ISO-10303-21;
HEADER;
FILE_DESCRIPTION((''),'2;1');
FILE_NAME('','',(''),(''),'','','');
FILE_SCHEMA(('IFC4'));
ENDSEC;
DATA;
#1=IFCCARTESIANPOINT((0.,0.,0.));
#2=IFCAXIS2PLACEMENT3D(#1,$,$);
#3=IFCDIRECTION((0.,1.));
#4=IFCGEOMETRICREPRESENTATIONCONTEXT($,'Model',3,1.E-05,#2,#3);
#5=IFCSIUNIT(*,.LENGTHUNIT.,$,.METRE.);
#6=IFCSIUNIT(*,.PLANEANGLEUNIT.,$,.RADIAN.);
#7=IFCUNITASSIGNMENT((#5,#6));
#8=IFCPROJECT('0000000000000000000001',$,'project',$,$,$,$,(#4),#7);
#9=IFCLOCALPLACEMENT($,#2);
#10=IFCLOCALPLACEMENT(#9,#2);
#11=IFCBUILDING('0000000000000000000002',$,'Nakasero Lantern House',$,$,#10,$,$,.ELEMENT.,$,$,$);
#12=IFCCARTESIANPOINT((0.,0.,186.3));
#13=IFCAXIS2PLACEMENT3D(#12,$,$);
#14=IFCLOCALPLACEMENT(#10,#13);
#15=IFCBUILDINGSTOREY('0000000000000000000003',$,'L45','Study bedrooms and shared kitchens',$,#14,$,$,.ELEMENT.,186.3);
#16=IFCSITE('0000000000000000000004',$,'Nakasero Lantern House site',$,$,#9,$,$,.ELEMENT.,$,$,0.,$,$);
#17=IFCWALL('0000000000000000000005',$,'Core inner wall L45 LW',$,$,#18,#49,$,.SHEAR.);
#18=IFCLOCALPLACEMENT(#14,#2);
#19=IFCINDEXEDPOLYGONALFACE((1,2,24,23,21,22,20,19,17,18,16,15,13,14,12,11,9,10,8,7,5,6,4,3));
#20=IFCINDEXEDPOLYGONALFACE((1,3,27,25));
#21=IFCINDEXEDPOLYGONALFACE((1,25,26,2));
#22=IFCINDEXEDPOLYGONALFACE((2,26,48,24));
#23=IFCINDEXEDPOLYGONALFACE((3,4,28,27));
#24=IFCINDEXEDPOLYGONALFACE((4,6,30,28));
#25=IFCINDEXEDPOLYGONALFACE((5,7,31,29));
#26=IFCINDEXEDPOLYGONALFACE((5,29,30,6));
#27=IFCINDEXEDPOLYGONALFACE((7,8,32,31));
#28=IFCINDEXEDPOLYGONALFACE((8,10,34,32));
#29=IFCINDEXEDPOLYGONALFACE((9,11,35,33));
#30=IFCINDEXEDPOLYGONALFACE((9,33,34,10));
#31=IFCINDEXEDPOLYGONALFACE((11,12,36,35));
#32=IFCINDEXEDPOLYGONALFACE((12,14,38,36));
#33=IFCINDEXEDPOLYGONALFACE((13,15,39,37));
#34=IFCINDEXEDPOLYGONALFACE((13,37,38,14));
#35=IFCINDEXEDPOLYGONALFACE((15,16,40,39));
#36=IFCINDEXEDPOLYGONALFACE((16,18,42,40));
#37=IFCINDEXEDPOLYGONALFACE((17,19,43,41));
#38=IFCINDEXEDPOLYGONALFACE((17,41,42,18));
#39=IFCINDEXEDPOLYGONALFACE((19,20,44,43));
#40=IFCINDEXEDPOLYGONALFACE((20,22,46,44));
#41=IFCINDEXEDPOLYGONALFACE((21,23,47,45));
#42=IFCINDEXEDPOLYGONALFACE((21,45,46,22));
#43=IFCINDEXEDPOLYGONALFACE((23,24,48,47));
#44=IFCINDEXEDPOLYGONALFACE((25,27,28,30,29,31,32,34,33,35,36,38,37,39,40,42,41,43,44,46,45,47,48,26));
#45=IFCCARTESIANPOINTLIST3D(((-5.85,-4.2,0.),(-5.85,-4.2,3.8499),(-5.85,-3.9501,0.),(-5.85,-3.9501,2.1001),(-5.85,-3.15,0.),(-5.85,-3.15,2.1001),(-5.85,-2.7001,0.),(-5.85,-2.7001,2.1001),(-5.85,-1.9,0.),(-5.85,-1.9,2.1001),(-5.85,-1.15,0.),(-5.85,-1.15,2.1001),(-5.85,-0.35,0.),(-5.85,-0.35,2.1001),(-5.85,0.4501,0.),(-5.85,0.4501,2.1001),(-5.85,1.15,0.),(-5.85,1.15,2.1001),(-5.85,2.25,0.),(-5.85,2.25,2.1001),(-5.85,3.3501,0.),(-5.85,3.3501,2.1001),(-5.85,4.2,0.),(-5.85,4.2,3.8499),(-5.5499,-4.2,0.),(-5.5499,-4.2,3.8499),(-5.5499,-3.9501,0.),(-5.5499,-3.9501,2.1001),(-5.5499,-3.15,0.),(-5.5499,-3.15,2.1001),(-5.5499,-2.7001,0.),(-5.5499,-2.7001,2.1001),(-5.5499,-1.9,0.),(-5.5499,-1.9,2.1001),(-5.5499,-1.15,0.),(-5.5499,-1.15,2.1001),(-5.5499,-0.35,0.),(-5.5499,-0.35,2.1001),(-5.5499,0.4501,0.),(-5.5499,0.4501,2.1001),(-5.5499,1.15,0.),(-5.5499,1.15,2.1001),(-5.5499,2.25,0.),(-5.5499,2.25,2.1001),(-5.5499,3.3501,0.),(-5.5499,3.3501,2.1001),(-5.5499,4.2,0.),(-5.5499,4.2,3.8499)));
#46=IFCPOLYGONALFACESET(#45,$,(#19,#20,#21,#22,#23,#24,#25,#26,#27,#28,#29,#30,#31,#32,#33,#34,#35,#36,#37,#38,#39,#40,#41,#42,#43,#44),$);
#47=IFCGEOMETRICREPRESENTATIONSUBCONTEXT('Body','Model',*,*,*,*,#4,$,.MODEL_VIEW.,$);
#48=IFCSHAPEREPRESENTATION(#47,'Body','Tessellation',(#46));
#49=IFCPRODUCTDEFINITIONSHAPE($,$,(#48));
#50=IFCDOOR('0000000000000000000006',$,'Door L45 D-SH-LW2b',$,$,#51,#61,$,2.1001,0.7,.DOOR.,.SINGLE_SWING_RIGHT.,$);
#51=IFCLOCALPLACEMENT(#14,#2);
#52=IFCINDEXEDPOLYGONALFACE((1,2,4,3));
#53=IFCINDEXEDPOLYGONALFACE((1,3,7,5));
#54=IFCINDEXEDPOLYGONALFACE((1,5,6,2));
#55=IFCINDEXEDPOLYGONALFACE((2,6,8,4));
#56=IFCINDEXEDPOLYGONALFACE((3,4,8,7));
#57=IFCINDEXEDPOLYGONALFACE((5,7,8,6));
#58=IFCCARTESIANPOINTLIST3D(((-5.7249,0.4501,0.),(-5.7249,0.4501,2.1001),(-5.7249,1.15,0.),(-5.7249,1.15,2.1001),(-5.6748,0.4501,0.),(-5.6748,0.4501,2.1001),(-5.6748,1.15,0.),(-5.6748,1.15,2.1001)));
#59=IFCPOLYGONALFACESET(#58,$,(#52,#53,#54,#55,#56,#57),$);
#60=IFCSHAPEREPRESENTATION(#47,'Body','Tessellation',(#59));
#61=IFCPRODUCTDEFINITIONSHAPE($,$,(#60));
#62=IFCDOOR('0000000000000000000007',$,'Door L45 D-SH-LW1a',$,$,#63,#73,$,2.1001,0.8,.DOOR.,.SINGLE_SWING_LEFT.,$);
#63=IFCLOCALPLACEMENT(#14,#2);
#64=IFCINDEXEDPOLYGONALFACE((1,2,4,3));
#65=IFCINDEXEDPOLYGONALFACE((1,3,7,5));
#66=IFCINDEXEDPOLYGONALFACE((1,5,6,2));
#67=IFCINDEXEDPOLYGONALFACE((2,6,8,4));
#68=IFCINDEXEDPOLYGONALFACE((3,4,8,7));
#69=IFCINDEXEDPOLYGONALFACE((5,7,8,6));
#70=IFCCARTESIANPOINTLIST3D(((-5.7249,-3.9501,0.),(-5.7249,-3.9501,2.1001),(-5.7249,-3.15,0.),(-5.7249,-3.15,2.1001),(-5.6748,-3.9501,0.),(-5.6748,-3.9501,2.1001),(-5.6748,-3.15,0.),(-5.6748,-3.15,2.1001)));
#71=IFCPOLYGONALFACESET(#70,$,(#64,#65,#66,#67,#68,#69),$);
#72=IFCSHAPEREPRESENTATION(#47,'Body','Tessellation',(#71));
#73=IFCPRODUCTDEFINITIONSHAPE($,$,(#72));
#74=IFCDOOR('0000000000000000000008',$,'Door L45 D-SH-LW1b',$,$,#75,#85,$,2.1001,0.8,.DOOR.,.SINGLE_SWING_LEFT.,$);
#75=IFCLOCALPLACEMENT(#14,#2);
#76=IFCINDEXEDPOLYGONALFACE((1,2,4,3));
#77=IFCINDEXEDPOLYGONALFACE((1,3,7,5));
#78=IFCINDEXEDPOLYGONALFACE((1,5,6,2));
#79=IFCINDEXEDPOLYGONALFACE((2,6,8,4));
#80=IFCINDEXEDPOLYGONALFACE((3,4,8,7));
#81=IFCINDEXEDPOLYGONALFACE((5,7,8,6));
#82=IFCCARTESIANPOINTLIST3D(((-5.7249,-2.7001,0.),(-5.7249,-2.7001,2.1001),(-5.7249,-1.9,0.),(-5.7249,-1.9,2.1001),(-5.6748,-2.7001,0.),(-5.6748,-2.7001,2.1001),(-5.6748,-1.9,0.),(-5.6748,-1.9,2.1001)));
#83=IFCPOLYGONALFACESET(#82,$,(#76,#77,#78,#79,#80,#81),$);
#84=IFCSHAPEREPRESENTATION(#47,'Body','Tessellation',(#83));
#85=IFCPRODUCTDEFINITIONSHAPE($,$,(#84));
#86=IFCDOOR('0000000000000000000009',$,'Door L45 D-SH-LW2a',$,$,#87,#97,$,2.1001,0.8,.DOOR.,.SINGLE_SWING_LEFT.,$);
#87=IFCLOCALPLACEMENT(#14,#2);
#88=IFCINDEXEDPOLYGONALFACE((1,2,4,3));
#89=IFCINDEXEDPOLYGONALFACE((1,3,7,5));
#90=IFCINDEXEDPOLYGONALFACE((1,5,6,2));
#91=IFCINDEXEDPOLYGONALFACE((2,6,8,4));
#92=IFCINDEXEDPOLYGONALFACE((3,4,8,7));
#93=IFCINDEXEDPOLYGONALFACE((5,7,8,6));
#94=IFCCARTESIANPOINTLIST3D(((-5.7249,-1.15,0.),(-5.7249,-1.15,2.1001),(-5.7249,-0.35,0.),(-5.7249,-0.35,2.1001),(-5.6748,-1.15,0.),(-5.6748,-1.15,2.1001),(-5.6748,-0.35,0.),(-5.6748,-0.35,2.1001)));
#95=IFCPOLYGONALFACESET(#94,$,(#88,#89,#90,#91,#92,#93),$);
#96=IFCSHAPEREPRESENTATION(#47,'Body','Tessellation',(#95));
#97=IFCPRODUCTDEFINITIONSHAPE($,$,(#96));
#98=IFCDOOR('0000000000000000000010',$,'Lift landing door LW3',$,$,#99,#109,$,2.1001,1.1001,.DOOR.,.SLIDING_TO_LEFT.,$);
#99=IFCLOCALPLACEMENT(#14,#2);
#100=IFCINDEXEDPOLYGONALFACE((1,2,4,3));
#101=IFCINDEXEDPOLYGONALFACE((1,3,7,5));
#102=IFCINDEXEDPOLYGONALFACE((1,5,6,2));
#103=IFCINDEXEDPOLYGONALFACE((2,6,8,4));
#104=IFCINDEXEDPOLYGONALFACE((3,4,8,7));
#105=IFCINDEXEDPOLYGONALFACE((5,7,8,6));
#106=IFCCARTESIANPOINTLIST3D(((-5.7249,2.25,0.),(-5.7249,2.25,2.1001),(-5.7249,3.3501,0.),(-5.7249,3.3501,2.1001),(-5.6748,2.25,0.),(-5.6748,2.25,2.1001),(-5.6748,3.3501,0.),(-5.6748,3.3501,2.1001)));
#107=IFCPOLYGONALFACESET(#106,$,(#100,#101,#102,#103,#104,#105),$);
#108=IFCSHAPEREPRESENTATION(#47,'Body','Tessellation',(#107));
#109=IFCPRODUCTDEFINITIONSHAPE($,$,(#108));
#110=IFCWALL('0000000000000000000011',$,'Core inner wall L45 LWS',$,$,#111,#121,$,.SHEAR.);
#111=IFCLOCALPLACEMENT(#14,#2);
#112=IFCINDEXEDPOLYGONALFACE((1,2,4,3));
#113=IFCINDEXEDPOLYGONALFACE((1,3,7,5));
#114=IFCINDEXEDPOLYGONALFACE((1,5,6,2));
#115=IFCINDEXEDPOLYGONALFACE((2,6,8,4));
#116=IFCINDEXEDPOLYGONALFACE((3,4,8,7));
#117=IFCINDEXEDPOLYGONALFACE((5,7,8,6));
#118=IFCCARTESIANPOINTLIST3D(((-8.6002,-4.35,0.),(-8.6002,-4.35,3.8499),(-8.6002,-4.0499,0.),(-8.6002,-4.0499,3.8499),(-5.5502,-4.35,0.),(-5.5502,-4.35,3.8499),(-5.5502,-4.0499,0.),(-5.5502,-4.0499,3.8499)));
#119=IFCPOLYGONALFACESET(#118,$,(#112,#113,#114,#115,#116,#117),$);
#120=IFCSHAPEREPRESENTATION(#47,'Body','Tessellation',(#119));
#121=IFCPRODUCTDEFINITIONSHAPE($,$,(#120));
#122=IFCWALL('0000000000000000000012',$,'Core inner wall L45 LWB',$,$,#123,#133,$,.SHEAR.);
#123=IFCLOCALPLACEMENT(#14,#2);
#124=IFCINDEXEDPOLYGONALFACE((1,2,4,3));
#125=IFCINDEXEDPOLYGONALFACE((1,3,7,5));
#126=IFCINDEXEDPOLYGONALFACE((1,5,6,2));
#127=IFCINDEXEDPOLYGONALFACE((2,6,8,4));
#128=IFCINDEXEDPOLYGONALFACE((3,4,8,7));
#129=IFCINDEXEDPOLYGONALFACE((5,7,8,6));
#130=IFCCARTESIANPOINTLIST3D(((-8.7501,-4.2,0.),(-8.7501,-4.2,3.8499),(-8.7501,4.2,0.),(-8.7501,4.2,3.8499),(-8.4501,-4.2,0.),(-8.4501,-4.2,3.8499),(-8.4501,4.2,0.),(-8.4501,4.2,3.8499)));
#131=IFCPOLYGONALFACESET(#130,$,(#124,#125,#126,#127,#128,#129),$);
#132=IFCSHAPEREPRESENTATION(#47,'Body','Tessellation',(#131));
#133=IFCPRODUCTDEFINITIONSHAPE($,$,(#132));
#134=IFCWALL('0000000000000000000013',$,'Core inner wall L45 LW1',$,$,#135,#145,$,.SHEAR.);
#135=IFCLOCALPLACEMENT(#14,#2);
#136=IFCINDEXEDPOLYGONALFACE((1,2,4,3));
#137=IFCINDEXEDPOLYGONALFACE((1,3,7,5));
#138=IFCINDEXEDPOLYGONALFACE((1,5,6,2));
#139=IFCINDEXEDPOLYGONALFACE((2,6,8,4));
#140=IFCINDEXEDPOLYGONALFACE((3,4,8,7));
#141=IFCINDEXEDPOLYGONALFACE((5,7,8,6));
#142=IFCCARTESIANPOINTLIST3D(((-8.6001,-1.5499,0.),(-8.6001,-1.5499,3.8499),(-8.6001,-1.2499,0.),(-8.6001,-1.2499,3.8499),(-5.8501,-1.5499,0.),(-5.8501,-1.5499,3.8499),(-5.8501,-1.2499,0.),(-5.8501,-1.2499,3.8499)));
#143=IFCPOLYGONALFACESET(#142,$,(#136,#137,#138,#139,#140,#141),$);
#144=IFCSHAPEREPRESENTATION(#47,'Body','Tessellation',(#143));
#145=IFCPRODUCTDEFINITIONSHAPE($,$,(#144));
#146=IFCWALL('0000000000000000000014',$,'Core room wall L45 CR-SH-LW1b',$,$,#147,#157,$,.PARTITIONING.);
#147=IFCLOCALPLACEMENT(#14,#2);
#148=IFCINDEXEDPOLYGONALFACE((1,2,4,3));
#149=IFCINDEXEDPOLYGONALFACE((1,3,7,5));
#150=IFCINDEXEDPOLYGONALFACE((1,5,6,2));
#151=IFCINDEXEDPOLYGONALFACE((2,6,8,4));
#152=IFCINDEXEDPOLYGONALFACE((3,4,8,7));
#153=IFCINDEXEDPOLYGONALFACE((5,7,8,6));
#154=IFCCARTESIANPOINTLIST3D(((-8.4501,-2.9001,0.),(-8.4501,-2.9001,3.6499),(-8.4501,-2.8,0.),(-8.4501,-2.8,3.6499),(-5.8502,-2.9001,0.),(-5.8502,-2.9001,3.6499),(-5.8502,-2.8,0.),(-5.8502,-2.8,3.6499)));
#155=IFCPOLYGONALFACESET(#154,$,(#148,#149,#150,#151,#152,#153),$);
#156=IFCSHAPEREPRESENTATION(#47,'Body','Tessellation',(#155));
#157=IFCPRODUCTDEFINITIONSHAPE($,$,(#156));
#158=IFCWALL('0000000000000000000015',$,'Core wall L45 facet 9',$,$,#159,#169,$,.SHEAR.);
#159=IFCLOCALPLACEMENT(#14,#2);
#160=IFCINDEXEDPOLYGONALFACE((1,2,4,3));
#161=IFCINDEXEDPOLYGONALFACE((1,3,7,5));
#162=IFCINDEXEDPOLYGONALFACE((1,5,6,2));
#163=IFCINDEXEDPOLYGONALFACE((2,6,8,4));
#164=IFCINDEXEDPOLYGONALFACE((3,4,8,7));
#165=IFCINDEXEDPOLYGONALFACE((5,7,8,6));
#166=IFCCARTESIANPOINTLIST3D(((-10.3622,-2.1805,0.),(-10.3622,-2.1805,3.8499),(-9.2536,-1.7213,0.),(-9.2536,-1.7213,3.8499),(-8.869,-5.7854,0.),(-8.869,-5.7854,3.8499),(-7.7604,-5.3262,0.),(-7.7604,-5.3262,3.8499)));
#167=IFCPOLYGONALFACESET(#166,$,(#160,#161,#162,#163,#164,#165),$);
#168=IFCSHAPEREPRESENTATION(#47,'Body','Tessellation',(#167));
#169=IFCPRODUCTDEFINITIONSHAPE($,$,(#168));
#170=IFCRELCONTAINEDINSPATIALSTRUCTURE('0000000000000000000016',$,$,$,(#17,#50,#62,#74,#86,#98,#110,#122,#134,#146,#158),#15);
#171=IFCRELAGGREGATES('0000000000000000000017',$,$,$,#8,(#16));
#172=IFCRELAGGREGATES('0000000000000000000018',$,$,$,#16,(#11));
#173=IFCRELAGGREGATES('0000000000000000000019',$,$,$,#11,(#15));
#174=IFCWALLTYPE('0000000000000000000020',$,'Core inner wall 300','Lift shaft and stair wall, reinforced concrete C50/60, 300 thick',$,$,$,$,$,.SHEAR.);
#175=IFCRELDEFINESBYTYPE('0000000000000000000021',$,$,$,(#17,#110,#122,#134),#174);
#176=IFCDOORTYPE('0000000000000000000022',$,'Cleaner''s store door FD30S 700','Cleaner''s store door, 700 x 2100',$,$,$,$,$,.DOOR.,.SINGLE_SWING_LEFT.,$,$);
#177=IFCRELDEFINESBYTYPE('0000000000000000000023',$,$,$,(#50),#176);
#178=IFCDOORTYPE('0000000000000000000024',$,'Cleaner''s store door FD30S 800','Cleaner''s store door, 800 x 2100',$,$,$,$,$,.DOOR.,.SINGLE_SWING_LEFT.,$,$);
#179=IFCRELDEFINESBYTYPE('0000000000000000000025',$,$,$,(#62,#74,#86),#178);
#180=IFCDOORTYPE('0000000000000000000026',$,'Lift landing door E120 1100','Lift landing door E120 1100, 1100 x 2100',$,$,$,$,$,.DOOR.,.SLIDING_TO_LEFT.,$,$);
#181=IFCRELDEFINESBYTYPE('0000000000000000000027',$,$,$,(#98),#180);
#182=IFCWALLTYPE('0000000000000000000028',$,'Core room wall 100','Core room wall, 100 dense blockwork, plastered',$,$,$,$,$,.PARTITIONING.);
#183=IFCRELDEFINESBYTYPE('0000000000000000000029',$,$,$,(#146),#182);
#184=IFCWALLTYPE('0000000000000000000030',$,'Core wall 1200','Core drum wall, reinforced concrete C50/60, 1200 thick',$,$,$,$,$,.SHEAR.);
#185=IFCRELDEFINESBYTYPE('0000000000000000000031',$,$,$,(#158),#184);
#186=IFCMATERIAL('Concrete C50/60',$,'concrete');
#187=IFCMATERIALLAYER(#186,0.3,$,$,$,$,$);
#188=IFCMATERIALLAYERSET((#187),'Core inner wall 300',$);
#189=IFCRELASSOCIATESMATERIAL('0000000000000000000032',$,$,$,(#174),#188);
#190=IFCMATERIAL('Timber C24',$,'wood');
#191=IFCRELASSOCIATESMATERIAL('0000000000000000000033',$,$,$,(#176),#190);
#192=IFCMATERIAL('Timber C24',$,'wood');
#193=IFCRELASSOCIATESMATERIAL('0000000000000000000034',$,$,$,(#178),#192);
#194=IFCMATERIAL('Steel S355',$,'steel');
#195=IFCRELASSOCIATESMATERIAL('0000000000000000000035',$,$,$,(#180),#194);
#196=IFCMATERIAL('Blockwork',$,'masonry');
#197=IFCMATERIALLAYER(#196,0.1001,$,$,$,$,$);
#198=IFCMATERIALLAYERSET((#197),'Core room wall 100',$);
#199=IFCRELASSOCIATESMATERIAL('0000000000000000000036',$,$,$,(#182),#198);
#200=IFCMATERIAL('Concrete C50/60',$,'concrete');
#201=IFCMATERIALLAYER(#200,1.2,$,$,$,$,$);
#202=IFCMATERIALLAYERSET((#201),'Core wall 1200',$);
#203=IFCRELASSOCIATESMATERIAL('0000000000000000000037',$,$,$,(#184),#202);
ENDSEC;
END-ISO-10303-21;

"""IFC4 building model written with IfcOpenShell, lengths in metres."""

from ifc_helpers import new_model, si_unit, direction, frame, frame_2d, origin, place, context, subcontext, project, spatial, rectangle, extrude, material, layer, layer_set, type_object, element, fill, save


model = new_model("IFC4")

# Units and contexts
model_context = context("Model", 3, precision=1e-05, world=origin(), true_north=direction((0.0, 1.0)))
body_context = subcontext(model_context, "Body", "Model", "MODEL_VIEW")
ifc_project = project(units=[si_unit("LENGTHUNIT", "METRE"), si_unit("PLANEANGLEUNIT", "RADIAN")], contexts=[model_context])

# Site, building, storey
site_placement = place(None, origin())
site = spatial("IfcSite", under=ifc_project, at=site_placement, Name="Nakasero Lantern House site", CompositionType="ELEMENT", RefElevation=0.0)
building_placement = place(site_placement, origin())
building = spatial("IfcBuilding", under=site, at=building_placement, Name="Nakasero Lantern House", CompositionType="ELEMENT")
storey_placement = place(building_placement, frame((0.0, 0.0, 186.3)))
storey = spatial("IfcBuildingStorey", under=building, at=storey_placement, Name="L45", Description="Study bedrooms and shared kitchens", CompositionType="ELEMENT", Elevation=186.3)

# Wall, openings, doors
ifc_material_1 = material(Name="Concrete C50/60", Category="concrete")
ifc_layer_1 = layer(ifc_material_1, 0.3)
ifc_layer_set_1 = layer_set([ifc_layer_1], Name="Core inner wall 300")
wall_type_1 = type_object("IfcWallType", Name="Core inner wall 300", Description="Lift shaft and stair wall, reinforced concrete C50/60, 300 thick", PredefinedType="SHEAR", material=ifc_layer_set_1)
wall_1_placement = place(storey_placement, frame((-5.7, -4.2, 0.0), z_axis=(0.0, 0.0, 1.0), x_axis=(0.0, 1.0, 0.0)))
wall_1 = element("IfcWall", 1, at=wall_1_placement, inside=storey, type_object=wall_type_1, Name="Core inner wall L45 LW", PredefinedType="SHEAR", context=body_context, shape_type="SweptSolid", body=[
    extrude(rectangle(XDim=8.3999, YDim=0.3, at=frame_2d((4.2, 0.0))), origin(), (0.0, 0.0, 1.0), 3.8499),
])
opening_1_placement = place(wall_1_placement, frame((0.25, 0.0, 0.0)))
opening_1 = element("IfcOpeningElement", 2, at=opening_1_placement, cuts=wall_1, PredefinedType="OPENING", context=body_context, shape_type="SweptSolid", body=[
    extrude(rectangle(XDim=0.8, YDim=2.1001, at=frame_2d((0.3999, 1.05))), frame((0.0, 0.1699, 0.0), z_axis=(0.0, -1.0, 0.0), x_axis=(1.0, 0.0, 0.0)), (0.0, 0.0, 1.0), 0.3401),
])
opening_2_placement = place(wall_1_placement, frame((1.5, 0.0, 0.0)))
opening_2 = element("IfcOpeningElement", 3, at=opening_2_placement, cuts=wall_1, PredefinedType="OPENING", context=body_context, shape_type="SweptSolid", body=[
    extrude(rectangle(XDim=0.8, YDim=2.1001, at=frame_2d((0.3999, 1.05))), frame((0.0, 0.1699, 0.0), z_axis=(0.0, -1.0, 0.0), x_axis=(1.0, 0.0, 0.0)), (0.0, 0.0, 1.0), 0.3401),
])
opening_3_placement = place(wall_1_placement, frame((3.05, 0.0, 0.0)))
opening_3 = element("IfcOpeningElement", 4, at=opening_3_placement, cuts=wall_1, PredefinedType="OPENING", context=body_context, shape_type="SweptSolid", body=[
    extrude(rectangle(XDim=0.8, YDim=2.1001, at=frame_2d((0.3999, 1.05))), frame((0.0, 0.1699, 0.0), z_axis=(0.0, -1.0, 0.0), x_axis=(1.0, 0.0, 0.0)), (0.0, 0.0, 1.0), 0.3401),
])
opening_4_placement = place(wall_1_placement, frame((4.6499, 0.0, 0.0)))
opening_4 = element("IfcOpeningElement", 5, at=opening_4_placement, cuts=wall_1, PredefinedType="OPENING", context=body_context, shape_type="SweptSolid", body=[
    extrude(rectangle(XDim=0.7, YDim=2.1001, at=frame_2d((0.3501, 1.05))), frame((0.0, 0.1699, 0.0), z_axis=(0.0, -1.0, 0.0), x_axis=(1.0, 0.0, 0.0)), (0.0, 0.0, 1.0), 0.3401),
])
opening_5_placement = place(wall_1_placement, frame((6.45, 0.0, 0.0)))
opening_5 = element("IfcOpeningElement", 6, at=opening_5_placement, cuts=wall_1, PredefinedType="OPENING", context=body_context, shape_type="SweptSolid", body=[
    extrude(rectangle(XDim=1.1001, YDim=2.1001, at=frame_2d((0.55, 1.05))), frame((0.0, 0.1699, 0.0), z_axis=(0.0, -1.0, 0.0), x_axis=(1.0, 0.0, 0.0)), (0.0, 0.0, 1.0), 0.3401),
])
ifc_material_2 = material(Name="Timber C24", Category="wood")
door_type_1 = type_object("IfcDoorType", Name="Cleaner's store door FD30S 700", Description="Cleaner's store door, 700 x 2100", OperationType="SINGLE_SWING_LEFT", PredefinedType="DOOR", material=ifc_material_2)
door_1_placement = place(opening_4_placement, origin())
door_1 = element("IfcDoor", 7, at=door_1_placement, inside=storey, type_object=door_type_1, Name="Door L45 D-SH-LW2b", OperationType="SINGLE_SWING_RIGHT", OverallHeight=2.1001, OverallWidth=0.7, PredefinedType="DOOR", context=body_context, shape_type="SweptSolid", body=[
    extrude(rectangle(XDim=0.7, YDim=2.1001, at=frame_2d((0.3501, 1.05))), frame((0.0, 0.0249, 0.0), z_axis=(0.0, -1.0, 0.0), x_axis=(1.0, 0.0, 0.0)), (0.0, 0.0, 1.0), 0.05),
])
fill(opening_4, door_1)
ifc_material_3 = material(Name="Timber C24", Category="wood")
door_type_2 = type_object("IfcDoorType", Name="Cleaner's store door FD30S 800", Description="Cleaner's store door, 800 x 2100", OperationType="SINGLE_SWING_LEFT", PredefinedType="DOOR", material=ifc_material_3)
door_2_placement = place(opening_1_placement, origin())
door_2 = element("IfcDoor", 8, at=door_2_placement, inside=storey, type_object=door_type_2, Name="Door L45 D-SH-LW1a", OperationType="SINGLE_SWING_LEFT", OverallHeight=2.1001, OverallWidth=0.8, PredefinedType="DOOR", context=body_context, shape_type="SweptSolid", body=[
    extrude(rectangle(XDim=0.8, YDim=2.1001, at=frame_2d((0.3999, 1.05))), frame((0.0, 0.0249, 0.0), z_axis=(0.0, -1.0, 0.0), x_axis=(1.0, 0.0, 0.0)), (0.0, 0.0, 1.0), 0.05),
])
fill(opening_1, door_2)
door_3_placement = place(opening_2_placement, origin())
door_3 = element("IfcDoor", 9, at=door_3_placement, inside=storey, type_object=door_type_2, Name="Door L45 D-SH-LW1b", OperationType="SINGLE_SWING_LEFT", OverallHeight=2.1001, OverallWidth=0.8, PredefinedType="DOOR", context=body_context, shape_type="SweptSolid", body=[
    extrude(rectangle(XDim=0.8, YDim=2.1001, at=frame_2d((0.3999, 1.05))), frame((0.0, 0.0249, 0.0), z_axis=(0.0, -1.0, 0.0), x_axis=(1.0, 0.0, 0.0)), (0.0, 0.0, 1.0), 0.05),
])
fill(opening_2, door_3)
door_4_placement = place(opening_3_placement, origin())
door_4 = element("IfcDoor", 10, at=door_4_placement, inside=storey, type_object=door_type_2, Name="Door L45 D-SH-LW2a", OperationType="SINGLE_SWING_LEFT", OverallHeight=2.1001, OverallWidth=0.8, PredefinedType="DOOR", context=body_context, shape_type="SweptSolid", body=[
    extrude(rectangle(XDim=0.8, YDim=2.1001, at=frame_2d((0.3999, 1.05))), frame((0.0, 0.0249, 0.0), z_axis=(0.0, -1.0, 0.0), x_axis=(1.0, 0.0, 0.0)), (0.0, 0.0, 1.0), 0.05),
])
fill(opening_3, door_4)
ifc_material_4 = material(Name="Steel S355", Category="steel")
door_type_3 = type_object("IfcDoorType", Name="Lift landing door E120 1100", Description="Lift landing door E120 1100, 1100 x 2100", OperationType="SLIDING_TO_LEFT", PredefinedType="DOOR", material=ifc_material_4)
door_5_placement = place(opening_5_placement, origin())
door_5 = element("IfcDoor", 11, at=door_5_placement, inside=storey, type_object=door_type_3, Name="Lift landing door LW3", OperationType="SLIDING_TO_LEFT", OverallHeight=2.1001, OverallWidth=1.1001, PredefinedType="DOOR", context=body_context, shape_type="SweptSolid", body=[
    extrude(rectangle(XDim=1.1001, YDim=2.1001, at=frame_2d((0.55, 1.05))), frame((0.0, 0.0249, 0.0), z_axis=(0.0, -1.0, 0.0), x_axis=(1.0, 0.0, 0.0)), (0.0, 0.0, 1.0), 0.05),
])
fill(opening_5, door_5)

# Walls
wall_2_placement = place(storey_placement, frame((-8.6001, -4.2, 0.0), z_axis=(0.0, 0.0, 1.0), x_axis=(1.0, 0.0, 0.0)))
element("IfcWall", 12, at=wall_2_placement, inside=storey, type_object=wall_type_1, Name="Core inner wall L45 LWS", PredefinedType="SHEAR", context=body_context, shape_type="SweptSolid", body=[
    extrude(rectangle(XDim=3.05, YDim=0.3, at=frame_2d((1.5249, 0.0))), origin(), (0.0, 0.0, 1.0), 3.8499),
])
wall_3_placement = place(storey_placement, frame((-8.6001, -4.2, 0.0), z_axis=(0.0, 0.0, 1.0), x_axis=(0.0, 1.0, 0.0)))
element("IfcWall", 13, at=wall_3_placement, inside=storey, type_object=wall_type_1, Name="Core inner wall L45 LWB", PredefinedType="SHEAR", context=body_context, shape_type="SweptSolid", body=[
    extrude(rectangle(XDim=8.3999, YDim=0.3, at=frame_2d((4.2, 0.0))), origin(), (0.0, 0.0, 1.0), 3.8499),
])
wall_4_placement = place(storey_placement, frame((-8.6001, -1.3999, 0.0), z_axis=(0.0, 0.0, 1.0), x_axis=(1.0, 0.0, 0.0)))
element("IfcWall", 14, at=wall_4_placement, inside=storey, type_object=wall_type_1, Name="Core inner wall L45 LW1", PredefinedType="SHEAR", context=body_context, shape_type="SweptSolid", body=[
    extrude(rectangle(XDim=2.75, YDim=0.3, at=frame_2d((1.375, 0.0))), origin(), (0.0, 0.0, 1.0), 3.8499),
])
ifc_material_5 = material(Name="Blockwork", Category="masonry")
ifc_layer_2 = layer(ifc_material_5, 0.1001)
ifc_layer_set_2 = layer_set([ifc_layer_2], Name="Core room wall 100")
wall_type_2 = type_object("IfcWallType", Name="Core room wall 100", Description="Core room wall, 100 dense blockwork, plastered", PredefinedType="PARTITIONING", material=ifc_layer_set_2)
wall_5_placement = place(storey_placement, frame((-8.45, -2.8501, 0.0), z_axis=(0.0, 0.0, 1.0), x_axis=(1.0, 0.0, 0.0)))
element("IfcWall", 15, at=wall_5_placement, inside=storey, type_object=wall_type_2, Name="Core room wall L45 CR-SH-LW1b", PredefinedType="PARTITIONING", context=body_context, shape_type="SweptSolid", body=[
    extrude(rectangle(XDim=2.5999, YDim=0.1001, at=frame_2d((1.2998, 0.0))), origin(), (0.0, 0.0, 1.0), 3.6499),
])
ifc_material_6 = material(Name="Concrete C50/60", Category="concrete")
ifc_layer_3 = layer(ifc_material_6, 1.2)
ifc_layer_set_3 = layer_set([ifc_layer_3], Name="Core wall 1200")
wall_type_3 = type_object("IfcWallType", Name="Core wall 1200", Description="Core drum wall, reinforced concrete C50/60, 1200 thick", PredefinedType="SHEAR", material=ifc_layer_set_3)
wall_6_placement = place(storey_placement, frame((-9.8079, -1.9509, 0.0), z_axis=(0.0, 0.0, 1.0), x_axis=(0.382691, -0.923877, 0.0)))
element("IfcWall", 16, at=wall_6_placement, inside=storey, type_object=wall_type_3, Name="Core wall L45 facet 9", PredefinedType="SHEAR", context=body_context, shape_type="SweptSolid", body=[
    extrude(rectangle(XDim=3.9019, YDim=1.2, at=frame_2d((1.9509, 0.0))), origin(), (0.0, 0.0, 1.0), 3.8499),
])

save(model, "model.ifc")
